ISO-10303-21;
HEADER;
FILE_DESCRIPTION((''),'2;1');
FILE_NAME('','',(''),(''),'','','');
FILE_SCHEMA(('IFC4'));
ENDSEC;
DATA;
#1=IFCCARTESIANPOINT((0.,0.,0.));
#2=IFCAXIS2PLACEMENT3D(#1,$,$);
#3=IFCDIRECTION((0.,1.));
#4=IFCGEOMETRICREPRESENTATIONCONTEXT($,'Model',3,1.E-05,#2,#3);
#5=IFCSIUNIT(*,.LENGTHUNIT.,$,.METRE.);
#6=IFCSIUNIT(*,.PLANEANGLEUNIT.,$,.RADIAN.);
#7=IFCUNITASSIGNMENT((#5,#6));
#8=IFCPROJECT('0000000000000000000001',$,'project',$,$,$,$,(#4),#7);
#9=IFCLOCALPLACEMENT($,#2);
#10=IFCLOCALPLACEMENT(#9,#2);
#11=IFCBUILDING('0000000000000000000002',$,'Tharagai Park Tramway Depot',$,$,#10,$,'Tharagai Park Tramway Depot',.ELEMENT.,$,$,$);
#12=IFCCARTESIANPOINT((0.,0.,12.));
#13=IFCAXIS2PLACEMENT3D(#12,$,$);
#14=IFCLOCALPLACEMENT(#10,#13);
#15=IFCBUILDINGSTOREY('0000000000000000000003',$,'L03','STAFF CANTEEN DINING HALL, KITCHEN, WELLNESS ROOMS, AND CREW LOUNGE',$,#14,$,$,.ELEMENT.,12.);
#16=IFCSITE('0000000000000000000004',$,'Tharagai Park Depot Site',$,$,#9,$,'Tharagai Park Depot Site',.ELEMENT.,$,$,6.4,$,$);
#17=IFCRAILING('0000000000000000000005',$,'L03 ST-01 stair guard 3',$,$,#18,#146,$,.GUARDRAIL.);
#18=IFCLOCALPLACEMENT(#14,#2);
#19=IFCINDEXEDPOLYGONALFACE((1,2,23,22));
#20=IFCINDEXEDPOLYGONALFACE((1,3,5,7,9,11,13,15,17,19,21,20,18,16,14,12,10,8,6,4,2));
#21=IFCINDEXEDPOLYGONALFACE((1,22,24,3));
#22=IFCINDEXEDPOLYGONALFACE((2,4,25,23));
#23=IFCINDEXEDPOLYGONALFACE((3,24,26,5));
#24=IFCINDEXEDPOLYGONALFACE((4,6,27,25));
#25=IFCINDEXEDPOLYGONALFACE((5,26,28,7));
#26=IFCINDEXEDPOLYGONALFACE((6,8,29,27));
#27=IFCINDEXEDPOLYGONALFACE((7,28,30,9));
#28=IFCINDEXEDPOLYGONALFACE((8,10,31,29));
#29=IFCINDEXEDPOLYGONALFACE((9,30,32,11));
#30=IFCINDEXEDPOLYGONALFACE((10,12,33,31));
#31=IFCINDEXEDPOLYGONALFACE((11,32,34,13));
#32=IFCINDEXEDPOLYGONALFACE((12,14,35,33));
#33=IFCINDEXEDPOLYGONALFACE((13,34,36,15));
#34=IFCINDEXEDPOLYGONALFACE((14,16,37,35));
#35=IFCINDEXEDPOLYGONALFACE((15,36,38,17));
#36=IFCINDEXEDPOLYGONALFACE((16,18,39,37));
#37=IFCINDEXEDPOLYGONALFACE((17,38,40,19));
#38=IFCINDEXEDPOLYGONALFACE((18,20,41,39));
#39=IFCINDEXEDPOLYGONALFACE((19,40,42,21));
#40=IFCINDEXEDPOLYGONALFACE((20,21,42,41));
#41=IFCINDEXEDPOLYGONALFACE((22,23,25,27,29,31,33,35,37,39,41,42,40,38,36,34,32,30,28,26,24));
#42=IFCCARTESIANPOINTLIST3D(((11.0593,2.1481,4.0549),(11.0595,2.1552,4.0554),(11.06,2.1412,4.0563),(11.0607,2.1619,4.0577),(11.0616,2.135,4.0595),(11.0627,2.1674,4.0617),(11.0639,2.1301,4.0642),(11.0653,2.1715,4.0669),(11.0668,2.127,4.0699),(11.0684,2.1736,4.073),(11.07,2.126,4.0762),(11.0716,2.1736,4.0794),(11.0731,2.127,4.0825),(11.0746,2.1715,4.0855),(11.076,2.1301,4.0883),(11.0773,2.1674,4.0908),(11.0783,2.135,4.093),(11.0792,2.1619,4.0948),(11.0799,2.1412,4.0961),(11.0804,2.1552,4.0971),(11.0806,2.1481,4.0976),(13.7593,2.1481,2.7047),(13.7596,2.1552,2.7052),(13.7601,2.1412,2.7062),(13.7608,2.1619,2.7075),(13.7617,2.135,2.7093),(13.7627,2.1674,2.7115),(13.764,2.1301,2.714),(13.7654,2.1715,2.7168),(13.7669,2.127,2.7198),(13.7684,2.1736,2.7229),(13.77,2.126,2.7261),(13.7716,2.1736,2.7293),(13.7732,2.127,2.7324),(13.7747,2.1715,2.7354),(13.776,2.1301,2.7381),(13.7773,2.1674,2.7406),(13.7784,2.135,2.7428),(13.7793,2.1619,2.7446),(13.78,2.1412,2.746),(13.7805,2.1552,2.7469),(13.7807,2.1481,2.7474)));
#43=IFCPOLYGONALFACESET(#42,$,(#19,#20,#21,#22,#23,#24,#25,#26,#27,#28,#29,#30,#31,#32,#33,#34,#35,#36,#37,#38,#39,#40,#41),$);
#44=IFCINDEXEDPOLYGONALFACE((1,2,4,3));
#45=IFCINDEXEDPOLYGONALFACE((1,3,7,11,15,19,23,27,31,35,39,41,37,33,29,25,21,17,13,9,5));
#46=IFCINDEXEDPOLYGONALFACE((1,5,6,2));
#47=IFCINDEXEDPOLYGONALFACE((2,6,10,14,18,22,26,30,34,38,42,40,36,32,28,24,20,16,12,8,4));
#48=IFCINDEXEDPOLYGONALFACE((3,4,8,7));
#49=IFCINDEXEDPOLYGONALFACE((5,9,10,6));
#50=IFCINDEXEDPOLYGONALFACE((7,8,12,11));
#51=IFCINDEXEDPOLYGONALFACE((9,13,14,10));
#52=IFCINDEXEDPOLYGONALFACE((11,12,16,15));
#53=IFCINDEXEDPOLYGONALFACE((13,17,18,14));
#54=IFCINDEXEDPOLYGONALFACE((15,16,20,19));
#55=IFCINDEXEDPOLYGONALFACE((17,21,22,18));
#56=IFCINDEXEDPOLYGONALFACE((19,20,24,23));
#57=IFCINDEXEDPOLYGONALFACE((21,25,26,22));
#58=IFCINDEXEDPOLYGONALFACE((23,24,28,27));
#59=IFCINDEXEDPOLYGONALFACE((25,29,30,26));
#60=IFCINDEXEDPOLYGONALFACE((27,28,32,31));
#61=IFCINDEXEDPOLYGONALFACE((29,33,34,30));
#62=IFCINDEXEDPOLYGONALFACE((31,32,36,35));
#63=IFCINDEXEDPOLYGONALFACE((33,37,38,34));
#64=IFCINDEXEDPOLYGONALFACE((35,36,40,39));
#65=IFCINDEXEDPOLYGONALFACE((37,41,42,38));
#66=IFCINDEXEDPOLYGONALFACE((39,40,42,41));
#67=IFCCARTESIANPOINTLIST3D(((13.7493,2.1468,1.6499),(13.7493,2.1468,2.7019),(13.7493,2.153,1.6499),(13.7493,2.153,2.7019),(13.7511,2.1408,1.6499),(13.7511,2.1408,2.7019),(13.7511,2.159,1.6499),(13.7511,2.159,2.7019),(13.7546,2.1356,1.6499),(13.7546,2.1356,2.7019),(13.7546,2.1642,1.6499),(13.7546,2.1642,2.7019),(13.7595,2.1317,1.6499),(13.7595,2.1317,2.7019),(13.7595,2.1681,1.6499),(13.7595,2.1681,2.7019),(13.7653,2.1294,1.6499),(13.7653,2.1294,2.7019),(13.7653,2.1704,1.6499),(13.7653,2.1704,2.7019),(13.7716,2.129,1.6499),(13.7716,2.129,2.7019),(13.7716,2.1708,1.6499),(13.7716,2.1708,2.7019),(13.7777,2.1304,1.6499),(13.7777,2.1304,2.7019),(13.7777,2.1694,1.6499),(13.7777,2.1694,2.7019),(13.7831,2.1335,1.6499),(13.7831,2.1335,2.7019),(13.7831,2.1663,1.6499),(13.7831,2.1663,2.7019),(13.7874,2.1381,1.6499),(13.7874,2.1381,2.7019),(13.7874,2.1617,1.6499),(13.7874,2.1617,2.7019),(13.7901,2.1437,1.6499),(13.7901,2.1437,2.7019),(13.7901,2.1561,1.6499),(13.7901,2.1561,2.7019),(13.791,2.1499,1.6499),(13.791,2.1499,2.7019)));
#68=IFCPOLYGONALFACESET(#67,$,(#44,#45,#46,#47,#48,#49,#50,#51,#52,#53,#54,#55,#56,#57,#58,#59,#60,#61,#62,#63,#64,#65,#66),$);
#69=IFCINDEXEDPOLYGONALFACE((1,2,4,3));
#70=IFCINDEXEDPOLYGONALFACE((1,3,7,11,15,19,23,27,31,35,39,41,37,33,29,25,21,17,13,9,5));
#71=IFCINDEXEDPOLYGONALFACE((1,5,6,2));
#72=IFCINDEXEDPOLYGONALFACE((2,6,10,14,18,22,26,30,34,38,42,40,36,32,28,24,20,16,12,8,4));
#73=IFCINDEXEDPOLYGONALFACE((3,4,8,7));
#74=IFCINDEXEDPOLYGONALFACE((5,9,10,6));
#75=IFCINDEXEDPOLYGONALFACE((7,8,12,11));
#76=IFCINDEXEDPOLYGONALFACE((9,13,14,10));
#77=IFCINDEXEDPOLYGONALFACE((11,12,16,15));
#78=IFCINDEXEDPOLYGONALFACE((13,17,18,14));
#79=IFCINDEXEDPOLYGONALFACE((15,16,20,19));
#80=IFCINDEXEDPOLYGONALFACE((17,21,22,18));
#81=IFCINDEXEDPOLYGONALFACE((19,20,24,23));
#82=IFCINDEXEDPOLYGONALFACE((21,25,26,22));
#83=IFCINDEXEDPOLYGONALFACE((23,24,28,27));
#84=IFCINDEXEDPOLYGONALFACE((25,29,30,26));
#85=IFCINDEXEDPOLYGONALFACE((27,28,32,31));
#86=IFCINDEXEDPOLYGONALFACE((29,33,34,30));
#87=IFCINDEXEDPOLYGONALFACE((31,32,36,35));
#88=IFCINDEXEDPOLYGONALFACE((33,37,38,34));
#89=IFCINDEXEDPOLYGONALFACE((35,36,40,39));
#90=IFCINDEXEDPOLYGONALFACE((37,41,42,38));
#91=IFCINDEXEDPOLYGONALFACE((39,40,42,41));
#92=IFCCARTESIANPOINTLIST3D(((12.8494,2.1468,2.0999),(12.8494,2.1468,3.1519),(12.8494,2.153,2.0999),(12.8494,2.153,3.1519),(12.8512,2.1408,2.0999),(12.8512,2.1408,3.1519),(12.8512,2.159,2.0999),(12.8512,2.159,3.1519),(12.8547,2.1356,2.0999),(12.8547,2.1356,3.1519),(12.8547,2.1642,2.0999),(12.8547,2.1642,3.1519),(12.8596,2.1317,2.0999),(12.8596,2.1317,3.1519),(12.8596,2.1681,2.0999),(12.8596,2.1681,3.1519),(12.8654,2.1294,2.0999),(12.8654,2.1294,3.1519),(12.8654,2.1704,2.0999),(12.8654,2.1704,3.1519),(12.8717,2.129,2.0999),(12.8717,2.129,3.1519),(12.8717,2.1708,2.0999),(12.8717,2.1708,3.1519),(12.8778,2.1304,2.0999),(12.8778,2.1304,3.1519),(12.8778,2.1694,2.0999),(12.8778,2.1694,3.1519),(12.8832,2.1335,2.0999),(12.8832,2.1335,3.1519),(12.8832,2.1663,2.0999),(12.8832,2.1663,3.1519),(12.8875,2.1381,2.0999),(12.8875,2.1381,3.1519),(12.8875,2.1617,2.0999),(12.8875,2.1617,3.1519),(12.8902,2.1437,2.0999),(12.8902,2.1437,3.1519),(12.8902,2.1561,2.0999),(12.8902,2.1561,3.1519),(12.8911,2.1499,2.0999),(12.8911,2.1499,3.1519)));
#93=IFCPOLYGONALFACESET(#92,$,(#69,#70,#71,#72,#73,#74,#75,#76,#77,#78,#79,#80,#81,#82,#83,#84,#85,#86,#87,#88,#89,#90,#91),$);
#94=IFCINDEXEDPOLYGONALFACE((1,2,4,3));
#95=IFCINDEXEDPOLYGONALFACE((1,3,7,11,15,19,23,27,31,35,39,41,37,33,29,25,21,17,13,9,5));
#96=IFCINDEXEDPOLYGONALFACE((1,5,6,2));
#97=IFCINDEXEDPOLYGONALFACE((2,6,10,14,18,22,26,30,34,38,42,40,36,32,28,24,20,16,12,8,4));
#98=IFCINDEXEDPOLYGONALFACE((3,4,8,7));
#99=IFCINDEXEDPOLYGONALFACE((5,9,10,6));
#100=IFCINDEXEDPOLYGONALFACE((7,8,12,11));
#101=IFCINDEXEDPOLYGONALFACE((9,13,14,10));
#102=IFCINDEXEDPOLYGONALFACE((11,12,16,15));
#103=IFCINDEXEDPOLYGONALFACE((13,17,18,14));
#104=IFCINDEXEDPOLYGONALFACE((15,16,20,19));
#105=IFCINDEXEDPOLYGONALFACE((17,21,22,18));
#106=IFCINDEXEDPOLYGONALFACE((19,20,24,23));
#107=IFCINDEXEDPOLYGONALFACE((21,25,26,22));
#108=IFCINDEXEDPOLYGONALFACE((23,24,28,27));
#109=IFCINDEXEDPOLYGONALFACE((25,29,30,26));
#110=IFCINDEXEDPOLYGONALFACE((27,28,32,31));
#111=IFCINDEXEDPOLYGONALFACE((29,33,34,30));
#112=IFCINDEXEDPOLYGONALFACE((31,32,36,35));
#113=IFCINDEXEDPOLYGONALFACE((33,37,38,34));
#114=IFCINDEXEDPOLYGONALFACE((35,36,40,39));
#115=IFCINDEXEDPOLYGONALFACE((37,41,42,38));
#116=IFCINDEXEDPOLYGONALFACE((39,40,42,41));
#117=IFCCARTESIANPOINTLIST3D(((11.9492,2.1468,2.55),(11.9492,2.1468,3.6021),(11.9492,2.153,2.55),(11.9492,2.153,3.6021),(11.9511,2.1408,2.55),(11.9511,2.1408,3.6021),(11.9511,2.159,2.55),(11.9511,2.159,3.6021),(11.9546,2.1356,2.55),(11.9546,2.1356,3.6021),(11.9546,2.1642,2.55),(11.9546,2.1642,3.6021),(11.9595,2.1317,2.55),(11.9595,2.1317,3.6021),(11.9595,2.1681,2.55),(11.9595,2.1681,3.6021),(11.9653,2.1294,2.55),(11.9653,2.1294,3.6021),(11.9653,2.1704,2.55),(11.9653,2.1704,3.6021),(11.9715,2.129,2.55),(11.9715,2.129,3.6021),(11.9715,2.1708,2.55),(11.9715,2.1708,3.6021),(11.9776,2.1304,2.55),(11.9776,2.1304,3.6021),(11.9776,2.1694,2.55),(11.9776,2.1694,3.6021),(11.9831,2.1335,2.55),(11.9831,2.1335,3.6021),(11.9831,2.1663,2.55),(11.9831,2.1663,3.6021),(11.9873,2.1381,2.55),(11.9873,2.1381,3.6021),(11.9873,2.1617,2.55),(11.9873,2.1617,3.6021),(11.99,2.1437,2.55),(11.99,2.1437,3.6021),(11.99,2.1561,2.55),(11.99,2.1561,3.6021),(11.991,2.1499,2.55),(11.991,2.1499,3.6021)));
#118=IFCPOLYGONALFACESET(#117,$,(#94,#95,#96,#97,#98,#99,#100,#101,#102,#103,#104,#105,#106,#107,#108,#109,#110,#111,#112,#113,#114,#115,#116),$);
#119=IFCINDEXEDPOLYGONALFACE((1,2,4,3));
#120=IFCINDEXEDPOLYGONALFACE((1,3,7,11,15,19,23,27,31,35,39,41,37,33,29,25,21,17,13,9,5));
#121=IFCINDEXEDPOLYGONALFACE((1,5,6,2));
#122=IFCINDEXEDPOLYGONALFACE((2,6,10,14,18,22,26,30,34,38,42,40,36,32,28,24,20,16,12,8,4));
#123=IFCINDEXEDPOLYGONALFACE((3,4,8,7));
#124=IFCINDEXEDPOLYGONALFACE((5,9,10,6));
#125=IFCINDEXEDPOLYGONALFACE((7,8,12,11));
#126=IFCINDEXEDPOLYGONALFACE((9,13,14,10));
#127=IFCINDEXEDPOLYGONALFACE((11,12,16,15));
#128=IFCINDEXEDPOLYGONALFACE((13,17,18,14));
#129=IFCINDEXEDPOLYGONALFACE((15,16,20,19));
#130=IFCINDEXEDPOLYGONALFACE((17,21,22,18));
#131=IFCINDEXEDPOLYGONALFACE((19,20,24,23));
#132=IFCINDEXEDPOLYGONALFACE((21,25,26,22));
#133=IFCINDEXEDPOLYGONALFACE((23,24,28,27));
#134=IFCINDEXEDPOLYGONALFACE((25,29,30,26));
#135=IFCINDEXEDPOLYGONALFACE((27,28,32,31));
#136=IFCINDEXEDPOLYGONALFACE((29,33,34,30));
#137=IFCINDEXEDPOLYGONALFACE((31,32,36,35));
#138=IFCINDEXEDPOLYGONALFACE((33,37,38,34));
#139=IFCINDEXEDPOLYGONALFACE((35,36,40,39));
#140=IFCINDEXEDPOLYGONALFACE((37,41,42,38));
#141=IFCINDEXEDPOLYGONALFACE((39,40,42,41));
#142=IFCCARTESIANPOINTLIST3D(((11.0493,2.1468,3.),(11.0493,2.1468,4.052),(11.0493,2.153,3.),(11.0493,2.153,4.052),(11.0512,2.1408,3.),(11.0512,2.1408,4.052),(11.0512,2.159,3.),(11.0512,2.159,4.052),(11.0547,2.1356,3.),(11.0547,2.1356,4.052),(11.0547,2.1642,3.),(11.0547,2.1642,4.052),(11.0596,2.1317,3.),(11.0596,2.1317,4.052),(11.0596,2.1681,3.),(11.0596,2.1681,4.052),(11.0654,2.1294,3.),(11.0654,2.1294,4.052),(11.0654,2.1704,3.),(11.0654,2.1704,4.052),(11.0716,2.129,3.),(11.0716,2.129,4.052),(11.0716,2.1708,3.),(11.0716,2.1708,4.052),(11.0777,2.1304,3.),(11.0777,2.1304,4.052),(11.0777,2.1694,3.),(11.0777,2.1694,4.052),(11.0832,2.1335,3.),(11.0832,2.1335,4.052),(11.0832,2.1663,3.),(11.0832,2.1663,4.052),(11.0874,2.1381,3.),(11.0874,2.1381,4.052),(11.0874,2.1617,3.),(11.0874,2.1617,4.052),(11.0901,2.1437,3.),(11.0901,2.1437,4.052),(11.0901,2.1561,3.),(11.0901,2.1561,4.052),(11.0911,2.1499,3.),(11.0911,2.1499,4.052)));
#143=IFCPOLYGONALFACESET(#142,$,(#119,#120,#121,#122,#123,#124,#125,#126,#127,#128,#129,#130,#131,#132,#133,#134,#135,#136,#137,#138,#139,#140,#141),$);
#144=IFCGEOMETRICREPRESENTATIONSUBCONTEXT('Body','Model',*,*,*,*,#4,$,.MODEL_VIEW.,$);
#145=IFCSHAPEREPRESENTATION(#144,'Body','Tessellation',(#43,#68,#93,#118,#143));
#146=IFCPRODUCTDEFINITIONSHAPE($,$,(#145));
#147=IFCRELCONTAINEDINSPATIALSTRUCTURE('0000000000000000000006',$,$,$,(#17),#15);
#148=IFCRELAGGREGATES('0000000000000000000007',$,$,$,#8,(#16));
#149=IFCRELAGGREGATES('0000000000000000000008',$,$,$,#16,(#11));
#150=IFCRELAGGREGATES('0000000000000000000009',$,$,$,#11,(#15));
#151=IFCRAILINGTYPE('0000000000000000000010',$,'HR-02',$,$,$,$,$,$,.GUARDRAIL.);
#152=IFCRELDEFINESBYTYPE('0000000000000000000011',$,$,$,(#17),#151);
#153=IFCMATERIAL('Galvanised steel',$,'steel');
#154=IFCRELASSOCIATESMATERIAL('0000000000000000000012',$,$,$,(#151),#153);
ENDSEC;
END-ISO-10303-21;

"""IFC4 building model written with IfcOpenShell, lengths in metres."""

from ifc_helpers import new_model, si_unit, direction, frame, origin, origin_2d, place, context, subcontext, project, spatial, circle, extrude, material, type_object, element, save


model = new_model("IFC4")

# Units and contexts
model_context = context("Model", 3, precision=1e-05, world=origin(), true_north=direction((0.0, 1.0)))
body_context = subcontext(model_context, "Body", "Model", "MODEL_VIEW")
ifc_project = project(units=[si_unit("LENGTHUNIT", "METRE"), si_unit("PLANEANGLEUNIT", "RADIAN")], contexts=[model_context])

# Site, building, storey
site_placement = place(None, origin())
site = spatial("IfcSite", under=ifc_project, at=site_placement, Name="Tharagai Park Depot Site", LongName="Tharagai Park Depot Site", CompositionType="ELEMENT", RefElevation=6.4)
building_placement = place(site_placement, origin())
building = spatial("IfcBuilding", under=site, at=building_placement, Name="Tharagai Park Tramway Depot", LongName="Tharagai Park Tramway Depot", CompositionType="ELEMENT")
storey_placement = place(building_placement, frame((0.0, 0.0, 12.0)))
storey = spatial("IfcBuildingStorey", under=building, at=storey_placement, Name="L03", Description="STAFF CANTEEN DINING HALL, KITCHEN, WELLNESS ROOMS, AND CREW LOUNGE", CompositionType="ELEMENT", Elevation=12.0)

# Shared definitions
ifc_material_1 = material(Name="Galvanised steel", Category="steel")

# Railing
railing_type_1 = type_object("IfcRailingType", Name="HR-02", PredefinedType="GUARDRAIL", material=ifc_material_1)
railing_1_placement = place(storey_placement, frame((13.77, 2.1499, 1.6499)))
element("IfcRailing", 1, at=railing_1_placement, inside=storey, type_object=railing_type_1, Name="L03 ST-01 stair guard 3", PredefinedType="GUARDRAIL", context=body_context, shape_type="SweptSolid", body=[
    extrude(circle(Radius=0.0239, at=origin_2d()), frame((0.0, 0.0, 1.0762), z_axis=(-0.894411, 0.0, 0.447246), x_axis=(0.0, -1.0, 0.0)), (0.0, 0.0, 1.0), 3.0188),
    extrude(circle(Radius=0.021, at=origin_2d()), origin(), (0.0, 0.0, 1.0), 1.052),
    extrude(circle(Radius=0.021, at=origin_2d()), frame((-0.8999, 0.0, 0.45)), (0.0, 0.0, 1.0), 1.052),
    extrude(circle(Radius=0.021, at=origin_2d()), frame((-1.8, 0.0, 0.9001)), (0.0, 0.0, 1.0), 1.052),
    extrude(circle(Radius=0.021, at=origin_2d()), frame((-2.7, 0.0, 1.3501)), (0.0, 0.0, 1.0), 1.052),
])

save(model, "model.ifc")
